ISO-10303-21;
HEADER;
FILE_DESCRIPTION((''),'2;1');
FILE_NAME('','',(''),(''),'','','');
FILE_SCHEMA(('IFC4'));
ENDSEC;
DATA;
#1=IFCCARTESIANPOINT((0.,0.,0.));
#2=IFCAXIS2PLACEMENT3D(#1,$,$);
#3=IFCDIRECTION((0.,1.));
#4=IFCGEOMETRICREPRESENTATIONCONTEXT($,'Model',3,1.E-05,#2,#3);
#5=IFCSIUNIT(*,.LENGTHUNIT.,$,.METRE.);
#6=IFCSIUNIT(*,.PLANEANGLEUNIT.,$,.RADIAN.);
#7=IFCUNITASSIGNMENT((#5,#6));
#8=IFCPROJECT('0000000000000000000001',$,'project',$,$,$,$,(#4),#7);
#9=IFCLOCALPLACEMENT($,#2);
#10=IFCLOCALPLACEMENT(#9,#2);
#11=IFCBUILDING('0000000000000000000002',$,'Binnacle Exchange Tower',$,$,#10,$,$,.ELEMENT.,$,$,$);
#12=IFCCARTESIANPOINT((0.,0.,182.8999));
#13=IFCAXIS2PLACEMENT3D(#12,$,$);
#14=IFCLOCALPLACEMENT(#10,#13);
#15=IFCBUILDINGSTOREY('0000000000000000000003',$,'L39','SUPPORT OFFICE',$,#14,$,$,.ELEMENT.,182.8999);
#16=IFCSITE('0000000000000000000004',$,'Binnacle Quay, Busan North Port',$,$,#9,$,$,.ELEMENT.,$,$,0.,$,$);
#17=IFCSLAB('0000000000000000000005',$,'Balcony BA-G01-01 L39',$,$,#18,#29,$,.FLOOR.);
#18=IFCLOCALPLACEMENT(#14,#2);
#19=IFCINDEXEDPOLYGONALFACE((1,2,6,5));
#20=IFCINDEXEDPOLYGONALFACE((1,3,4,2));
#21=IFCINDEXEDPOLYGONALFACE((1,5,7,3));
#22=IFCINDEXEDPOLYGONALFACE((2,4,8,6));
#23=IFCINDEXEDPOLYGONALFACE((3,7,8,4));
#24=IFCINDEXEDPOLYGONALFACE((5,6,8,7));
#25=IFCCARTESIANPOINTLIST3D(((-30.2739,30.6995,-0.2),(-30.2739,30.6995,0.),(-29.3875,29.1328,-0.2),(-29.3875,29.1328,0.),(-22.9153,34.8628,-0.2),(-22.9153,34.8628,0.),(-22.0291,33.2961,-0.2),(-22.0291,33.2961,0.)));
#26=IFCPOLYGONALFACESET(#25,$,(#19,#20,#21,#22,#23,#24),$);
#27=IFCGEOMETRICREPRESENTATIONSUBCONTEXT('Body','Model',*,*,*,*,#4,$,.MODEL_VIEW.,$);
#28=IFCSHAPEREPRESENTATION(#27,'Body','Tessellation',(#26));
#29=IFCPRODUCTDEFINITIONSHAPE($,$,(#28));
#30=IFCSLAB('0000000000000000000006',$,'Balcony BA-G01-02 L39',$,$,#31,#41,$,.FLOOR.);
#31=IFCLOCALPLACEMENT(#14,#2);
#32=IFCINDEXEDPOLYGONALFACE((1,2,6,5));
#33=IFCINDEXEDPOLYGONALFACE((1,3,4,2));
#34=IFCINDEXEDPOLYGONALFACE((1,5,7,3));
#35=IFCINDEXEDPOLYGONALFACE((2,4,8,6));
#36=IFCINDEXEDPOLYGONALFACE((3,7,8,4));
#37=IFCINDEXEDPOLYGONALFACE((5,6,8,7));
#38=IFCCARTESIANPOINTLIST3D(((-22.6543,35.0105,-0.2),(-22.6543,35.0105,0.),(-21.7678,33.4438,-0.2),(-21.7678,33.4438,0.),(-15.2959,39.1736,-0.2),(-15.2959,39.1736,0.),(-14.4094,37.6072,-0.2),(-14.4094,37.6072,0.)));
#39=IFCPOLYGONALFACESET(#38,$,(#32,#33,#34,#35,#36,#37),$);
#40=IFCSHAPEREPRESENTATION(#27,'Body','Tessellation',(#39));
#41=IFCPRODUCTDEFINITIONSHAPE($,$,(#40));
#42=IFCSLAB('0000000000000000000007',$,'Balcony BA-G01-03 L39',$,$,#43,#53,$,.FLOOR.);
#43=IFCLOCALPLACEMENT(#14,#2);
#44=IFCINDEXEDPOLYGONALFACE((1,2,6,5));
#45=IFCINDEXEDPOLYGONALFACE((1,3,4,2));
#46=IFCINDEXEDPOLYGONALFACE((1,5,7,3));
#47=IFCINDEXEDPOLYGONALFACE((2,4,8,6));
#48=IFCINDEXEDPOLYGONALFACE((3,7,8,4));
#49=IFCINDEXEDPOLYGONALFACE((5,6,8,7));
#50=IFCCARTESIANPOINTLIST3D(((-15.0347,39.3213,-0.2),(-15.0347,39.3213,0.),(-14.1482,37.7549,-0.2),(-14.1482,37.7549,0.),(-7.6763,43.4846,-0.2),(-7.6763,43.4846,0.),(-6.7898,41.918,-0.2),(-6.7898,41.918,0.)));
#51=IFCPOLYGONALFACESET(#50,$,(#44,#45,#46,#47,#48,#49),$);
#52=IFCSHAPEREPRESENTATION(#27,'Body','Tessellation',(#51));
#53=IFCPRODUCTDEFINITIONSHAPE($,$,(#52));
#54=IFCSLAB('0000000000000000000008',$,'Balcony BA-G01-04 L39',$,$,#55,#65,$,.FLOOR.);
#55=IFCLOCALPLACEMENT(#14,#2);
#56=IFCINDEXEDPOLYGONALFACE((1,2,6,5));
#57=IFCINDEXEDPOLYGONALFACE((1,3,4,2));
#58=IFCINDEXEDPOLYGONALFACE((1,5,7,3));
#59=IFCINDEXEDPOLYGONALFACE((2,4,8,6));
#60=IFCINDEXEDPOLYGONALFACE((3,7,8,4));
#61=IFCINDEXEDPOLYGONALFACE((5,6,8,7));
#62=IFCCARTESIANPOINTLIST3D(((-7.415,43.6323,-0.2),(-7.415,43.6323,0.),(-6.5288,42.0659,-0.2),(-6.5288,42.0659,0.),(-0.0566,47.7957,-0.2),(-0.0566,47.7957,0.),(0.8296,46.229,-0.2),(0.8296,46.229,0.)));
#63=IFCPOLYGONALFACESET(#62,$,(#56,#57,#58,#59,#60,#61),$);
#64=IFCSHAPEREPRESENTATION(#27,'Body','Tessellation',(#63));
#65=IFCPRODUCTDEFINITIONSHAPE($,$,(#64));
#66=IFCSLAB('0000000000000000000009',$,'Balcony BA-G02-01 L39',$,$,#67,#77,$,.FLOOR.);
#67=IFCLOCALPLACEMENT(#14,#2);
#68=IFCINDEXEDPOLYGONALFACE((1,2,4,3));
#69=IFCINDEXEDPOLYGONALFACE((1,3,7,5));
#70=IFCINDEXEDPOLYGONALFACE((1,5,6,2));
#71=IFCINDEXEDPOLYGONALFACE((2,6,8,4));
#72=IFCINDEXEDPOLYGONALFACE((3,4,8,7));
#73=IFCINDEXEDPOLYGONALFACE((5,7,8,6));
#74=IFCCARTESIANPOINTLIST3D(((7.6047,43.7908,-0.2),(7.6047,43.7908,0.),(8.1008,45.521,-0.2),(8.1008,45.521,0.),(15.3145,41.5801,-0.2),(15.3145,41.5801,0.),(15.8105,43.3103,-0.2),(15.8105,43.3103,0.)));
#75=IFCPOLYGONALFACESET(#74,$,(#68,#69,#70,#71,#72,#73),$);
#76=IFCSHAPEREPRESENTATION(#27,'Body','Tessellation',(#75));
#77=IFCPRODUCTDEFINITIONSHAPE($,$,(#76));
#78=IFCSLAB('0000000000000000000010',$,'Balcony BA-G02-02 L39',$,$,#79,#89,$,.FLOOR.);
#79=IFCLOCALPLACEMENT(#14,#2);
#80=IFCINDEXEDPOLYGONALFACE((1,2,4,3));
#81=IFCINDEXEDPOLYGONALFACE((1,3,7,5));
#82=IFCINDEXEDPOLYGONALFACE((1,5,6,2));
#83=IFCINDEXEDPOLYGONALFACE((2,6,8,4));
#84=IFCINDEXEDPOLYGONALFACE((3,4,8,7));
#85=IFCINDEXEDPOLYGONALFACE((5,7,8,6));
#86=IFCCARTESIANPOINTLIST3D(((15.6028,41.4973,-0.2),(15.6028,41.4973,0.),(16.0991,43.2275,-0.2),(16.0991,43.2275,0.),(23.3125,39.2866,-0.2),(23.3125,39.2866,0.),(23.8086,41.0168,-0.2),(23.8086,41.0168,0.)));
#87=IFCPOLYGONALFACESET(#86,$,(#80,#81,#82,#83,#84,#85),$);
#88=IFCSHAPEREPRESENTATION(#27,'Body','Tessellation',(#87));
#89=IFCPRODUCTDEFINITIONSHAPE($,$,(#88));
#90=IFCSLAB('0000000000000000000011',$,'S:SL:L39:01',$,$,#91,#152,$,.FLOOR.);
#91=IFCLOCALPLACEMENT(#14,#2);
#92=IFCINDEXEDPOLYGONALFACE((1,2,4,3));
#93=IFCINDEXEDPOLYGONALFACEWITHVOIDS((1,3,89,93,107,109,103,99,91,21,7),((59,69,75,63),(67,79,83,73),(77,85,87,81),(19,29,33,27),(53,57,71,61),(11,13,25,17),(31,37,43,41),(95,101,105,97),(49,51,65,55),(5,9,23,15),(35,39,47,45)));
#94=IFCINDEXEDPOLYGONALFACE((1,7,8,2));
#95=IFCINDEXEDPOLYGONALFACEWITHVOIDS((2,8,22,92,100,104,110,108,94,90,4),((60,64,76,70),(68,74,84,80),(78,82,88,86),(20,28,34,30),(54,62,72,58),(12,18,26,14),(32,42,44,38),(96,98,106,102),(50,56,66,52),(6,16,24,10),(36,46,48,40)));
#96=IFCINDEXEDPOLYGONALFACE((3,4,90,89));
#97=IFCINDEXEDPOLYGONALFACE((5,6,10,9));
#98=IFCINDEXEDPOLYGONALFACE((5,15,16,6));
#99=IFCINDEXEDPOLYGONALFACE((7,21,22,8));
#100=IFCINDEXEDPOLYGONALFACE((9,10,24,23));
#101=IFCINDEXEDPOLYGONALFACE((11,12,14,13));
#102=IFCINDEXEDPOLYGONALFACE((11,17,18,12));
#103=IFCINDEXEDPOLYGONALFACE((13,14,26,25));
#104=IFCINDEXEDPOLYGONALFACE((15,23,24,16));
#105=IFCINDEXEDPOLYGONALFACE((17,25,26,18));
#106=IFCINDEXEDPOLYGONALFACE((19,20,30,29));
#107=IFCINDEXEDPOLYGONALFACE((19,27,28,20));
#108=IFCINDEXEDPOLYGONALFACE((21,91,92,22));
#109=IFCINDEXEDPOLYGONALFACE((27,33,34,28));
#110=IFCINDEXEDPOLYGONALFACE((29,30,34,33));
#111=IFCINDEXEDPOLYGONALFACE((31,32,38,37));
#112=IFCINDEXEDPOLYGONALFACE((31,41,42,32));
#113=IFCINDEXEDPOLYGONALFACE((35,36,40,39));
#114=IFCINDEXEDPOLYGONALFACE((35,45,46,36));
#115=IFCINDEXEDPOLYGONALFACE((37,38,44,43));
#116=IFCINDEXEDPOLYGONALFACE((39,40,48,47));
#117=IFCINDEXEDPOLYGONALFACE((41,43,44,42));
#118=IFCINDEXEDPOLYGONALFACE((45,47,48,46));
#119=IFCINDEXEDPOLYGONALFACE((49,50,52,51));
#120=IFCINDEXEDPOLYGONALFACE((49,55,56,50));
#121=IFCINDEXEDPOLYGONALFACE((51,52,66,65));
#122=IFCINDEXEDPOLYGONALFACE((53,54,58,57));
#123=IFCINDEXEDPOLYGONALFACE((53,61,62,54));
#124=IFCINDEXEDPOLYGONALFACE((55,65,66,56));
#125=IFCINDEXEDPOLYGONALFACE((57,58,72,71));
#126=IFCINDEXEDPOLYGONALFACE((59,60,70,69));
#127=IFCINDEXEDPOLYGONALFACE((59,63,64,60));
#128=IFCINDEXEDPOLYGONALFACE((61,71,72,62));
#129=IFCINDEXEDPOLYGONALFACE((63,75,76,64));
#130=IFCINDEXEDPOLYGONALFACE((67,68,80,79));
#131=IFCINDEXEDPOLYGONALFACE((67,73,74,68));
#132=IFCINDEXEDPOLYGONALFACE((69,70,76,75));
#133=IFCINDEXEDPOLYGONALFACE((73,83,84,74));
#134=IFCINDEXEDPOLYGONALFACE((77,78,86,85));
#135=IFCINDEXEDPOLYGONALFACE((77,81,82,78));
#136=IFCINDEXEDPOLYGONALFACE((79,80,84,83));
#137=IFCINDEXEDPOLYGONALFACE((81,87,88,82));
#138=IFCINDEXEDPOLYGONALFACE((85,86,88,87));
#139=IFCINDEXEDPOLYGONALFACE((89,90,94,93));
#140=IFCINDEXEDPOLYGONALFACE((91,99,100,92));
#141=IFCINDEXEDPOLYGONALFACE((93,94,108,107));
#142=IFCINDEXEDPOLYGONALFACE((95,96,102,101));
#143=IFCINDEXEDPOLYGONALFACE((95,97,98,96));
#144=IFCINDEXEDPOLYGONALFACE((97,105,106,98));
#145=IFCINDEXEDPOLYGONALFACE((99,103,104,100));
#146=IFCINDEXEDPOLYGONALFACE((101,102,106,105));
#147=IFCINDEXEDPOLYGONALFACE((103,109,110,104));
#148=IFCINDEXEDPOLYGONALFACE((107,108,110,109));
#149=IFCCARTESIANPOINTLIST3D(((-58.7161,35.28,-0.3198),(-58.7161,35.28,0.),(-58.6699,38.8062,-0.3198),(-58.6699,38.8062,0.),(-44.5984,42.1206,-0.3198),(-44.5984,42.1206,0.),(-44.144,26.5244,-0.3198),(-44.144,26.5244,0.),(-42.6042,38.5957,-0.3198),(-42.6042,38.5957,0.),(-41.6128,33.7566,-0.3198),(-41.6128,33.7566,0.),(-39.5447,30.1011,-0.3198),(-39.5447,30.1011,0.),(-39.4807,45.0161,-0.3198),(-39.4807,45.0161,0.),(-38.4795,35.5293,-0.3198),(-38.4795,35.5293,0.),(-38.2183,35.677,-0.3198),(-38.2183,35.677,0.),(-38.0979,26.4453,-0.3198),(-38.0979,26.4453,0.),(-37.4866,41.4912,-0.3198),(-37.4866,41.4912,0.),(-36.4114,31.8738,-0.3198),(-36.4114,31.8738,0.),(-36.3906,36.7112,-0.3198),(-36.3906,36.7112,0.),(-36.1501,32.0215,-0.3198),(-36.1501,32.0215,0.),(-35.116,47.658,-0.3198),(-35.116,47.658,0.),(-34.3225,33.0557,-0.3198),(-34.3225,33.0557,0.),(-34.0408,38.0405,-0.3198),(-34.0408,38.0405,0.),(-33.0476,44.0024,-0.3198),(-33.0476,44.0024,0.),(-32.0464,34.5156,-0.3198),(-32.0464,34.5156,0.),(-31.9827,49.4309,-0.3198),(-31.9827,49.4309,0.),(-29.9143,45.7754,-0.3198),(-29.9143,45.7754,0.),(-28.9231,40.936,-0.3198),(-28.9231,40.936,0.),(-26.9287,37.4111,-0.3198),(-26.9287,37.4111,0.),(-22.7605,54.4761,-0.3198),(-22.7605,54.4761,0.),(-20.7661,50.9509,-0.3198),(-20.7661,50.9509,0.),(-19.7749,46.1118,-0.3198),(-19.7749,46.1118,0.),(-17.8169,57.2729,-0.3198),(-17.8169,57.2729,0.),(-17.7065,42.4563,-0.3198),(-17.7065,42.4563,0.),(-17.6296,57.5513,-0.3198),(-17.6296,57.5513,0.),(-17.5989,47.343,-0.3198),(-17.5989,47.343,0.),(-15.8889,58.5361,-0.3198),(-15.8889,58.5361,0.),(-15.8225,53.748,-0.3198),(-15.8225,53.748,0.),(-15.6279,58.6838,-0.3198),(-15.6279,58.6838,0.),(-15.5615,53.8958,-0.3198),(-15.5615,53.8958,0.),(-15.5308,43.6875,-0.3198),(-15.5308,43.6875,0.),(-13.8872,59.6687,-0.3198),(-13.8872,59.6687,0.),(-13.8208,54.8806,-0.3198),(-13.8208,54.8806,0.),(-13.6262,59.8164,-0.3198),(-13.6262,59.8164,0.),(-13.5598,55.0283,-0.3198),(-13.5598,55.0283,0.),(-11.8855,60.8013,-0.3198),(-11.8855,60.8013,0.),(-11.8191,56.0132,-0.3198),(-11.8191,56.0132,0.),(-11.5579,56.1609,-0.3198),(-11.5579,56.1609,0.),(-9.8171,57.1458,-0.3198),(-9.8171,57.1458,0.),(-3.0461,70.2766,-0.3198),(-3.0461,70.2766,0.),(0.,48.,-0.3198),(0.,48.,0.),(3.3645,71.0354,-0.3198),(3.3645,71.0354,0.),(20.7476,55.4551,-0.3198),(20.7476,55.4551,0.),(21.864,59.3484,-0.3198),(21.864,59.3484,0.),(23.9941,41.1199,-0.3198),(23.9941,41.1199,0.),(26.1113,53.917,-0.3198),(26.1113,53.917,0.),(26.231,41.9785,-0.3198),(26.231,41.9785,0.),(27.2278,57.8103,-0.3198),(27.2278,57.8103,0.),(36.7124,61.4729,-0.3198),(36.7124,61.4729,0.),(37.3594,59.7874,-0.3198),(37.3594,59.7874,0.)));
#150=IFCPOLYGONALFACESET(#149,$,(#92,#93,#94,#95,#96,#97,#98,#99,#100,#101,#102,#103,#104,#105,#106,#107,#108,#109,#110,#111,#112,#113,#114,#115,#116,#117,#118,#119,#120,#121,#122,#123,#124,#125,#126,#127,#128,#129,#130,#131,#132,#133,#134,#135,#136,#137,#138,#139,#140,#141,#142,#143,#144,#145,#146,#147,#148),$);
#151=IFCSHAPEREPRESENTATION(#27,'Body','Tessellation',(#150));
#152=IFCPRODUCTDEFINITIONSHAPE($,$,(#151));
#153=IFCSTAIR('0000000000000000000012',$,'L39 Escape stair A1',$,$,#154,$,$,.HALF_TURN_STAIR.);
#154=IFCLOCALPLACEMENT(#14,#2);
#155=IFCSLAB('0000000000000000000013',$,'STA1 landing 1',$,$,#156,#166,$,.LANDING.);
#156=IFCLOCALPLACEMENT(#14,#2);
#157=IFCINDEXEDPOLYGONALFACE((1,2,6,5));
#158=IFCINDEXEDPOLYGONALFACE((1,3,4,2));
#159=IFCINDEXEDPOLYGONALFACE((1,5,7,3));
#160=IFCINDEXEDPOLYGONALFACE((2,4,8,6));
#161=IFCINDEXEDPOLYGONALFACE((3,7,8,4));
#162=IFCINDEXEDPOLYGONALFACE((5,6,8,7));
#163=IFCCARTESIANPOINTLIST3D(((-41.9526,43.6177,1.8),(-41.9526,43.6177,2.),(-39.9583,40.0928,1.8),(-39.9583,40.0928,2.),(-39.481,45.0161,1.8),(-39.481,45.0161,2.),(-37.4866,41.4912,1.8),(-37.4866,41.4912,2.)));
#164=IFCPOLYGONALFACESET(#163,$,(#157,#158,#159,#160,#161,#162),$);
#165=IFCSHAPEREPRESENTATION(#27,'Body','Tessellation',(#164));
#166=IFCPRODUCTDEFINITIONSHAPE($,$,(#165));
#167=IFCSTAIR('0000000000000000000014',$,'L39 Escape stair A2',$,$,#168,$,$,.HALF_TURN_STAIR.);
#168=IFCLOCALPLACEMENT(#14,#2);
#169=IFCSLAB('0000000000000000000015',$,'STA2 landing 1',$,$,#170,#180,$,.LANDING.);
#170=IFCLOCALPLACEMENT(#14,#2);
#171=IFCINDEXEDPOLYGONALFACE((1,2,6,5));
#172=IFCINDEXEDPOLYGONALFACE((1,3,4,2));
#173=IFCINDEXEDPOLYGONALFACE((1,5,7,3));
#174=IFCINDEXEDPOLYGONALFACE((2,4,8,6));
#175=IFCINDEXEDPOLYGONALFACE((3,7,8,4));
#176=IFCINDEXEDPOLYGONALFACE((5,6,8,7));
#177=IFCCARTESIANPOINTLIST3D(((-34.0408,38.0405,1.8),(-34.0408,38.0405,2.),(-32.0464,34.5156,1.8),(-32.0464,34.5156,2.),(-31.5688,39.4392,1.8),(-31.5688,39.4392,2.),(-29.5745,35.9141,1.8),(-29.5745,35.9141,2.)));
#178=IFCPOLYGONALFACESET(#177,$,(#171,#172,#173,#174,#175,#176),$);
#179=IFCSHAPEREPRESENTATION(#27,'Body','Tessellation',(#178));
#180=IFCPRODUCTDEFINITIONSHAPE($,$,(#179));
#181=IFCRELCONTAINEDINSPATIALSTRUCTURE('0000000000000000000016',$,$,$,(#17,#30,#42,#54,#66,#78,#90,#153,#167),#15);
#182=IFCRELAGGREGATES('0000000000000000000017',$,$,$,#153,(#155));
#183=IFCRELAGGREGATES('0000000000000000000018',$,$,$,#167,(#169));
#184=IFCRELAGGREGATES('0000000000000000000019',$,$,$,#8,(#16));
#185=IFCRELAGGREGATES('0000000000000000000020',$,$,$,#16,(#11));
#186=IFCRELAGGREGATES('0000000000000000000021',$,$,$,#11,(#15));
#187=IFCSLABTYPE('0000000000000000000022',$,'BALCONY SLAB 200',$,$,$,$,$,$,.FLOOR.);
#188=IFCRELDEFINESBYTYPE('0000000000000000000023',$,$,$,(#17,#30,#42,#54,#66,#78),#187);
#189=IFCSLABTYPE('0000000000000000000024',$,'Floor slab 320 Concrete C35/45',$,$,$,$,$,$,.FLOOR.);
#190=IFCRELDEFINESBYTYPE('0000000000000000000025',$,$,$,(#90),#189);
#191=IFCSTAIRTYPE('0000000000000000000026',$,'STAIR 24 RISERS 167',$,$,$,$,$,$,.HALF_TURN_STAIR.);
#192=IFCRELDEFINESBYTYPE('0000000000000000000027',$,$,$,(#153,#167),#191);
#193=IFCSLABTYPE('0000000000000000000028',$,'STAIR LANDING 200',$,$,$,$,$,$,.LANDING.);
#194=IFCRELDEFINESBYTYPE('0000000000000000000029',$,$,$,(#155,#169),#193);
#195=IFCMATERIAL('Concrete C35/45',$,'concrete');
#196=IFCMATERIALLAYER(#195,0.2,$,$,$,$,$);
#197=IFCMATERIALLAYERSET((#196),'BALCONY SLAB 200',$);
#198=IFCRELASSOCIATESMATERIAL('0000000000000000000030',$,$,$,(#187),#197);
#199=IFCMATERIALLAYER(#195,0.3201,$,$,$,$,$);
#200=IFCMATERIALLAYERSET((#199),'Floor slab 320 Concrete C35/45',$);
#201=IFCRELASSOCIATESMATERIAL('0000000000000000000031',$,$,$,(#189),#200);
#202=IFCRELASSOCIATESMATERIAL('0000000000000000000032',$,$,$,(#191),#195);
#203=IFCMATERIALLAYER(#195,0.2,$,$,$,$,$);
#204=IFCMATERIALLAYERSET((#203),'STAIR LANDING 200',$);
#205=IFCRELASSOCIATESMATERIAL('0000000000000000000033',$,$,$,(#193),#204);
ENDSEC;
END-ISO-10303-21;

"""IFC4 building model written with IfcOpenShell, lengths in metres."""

from ifc_helpers import new_model, si_unit, direction, frame, origin, place, context, subcontext, project, spatial, polyline, outline, extrude, material, layer, layer_set, type_object, element, aggregate, save


model = new_model("IFC4")

# Units and contexts
model_context = context("Model", 3, precision=1e-05, world=origin(), true_north=direction((0.0, 1.0)))
body_context = subcontext(model_context, "Body", "Model", "MODEL_VIEW")
ifc_project = project(units=[si_unit("LENGTHUNIT", "METRE"), si_unit("PLANEANGLEUNIT", "RADIAN")], contexts=[model_context])

# Site, building, storey
site_placement = place(None, origin())
site = spatial("IfcSite", under=ifc_project, at=site_placement, Name="Binnacle Quay, Busan North Port", CompositionType="ELEMENT", RefElevation=0.0)
building_placement = place(site_placement, origin())
building = spatial("IfcBuilding", under=site, at=building_placement, Name="Binnacle Exchange Tower", CompositionType="ELEMENT")
storey_placement = place(building_placement, frame((0.0, 0.0, 182.8999)))
storey = spatial("IfcBuildingStorey", under=building, at=storey_placement, Name="L39", Description="SUPPORT OFFICE", CompositionType="ELEMENT", Elevation=182.8999)

# Slabs
ifc_material_1 = material(Name="Concrete C35/45", Category="concrete")
ifc_layer_1 = layer(ifc_material_1, 0.2)
ifc_layer_set_1 = layer_set([ifc_layer_1], Name="BALCONY SLAB 200")
slab_type_1 = type_object("IfcSlabType", Name="BALCONY SLAB 200", PredefinedType="FLOOR", material=ifc_layer_set_1)
slab_1_placement = place(storey_placement, frame((0.0, 0.0, -0.2)))
element("IfcSlab", 1, at=slab_1_placement, inside=storey, type_object=slab_type_1, Name="Balcony BA-G01-01 L39", PredefinedType="FLOOR", context=body_context, shape_type="SweptSolid", body=[
    extrude(outline(polyline([(-30.2739, 30.6995), (-22.9153, 34.8628), (-22.0291, 33.2961), (-29.3875, 29.1328), (-30.2739, 30.6995)])), origin(), (0.0, 0.0, 1.0), 0.2),
])
slab_2_placement = place(storey_placement, frame((0.0, 0.0, -0.2)))
element("IfcSlab", 2, at=slab_2_placement, inside=storey, type_object=slab_type_1, Name="Balcony BA-G01-02 L39", PredefinedType="FLOOR", context=body_context, shape_type="SweptSolid", body=[
    extrude(outline(polyline([(-22.6543, 35.0105), (-15.2959, 39.1736), (-14.4094, 37.6072), (-21.7678, 33.4438), (-22.6543, 35.0105)])), origin(), (0.0, 0.0, 1.0), 0.2),
])
slab_3_placement = place(storey_placement, frame((0.0, 0.0, -0.2)))
element("IfcSlab", 3, at=slab_3_placement, inside=storey, type_object=slab_type_1, Name="Balcony BA-G01-03 L39", PredefinedType="FLOOR", context=body_context, shape_type="SweptSolid", body=[
    extrude(outline(polyline([(-15.0347, 39.3213), (-7.6763, 43.4846), (-6.7898, 41.918), (-14.1482, 37.7549), (-15.0347, 39.3213)])), origin(), (0.0, 0.0, 1.0), 0.2),
])
slab_4_placement = place(storey_placement, frame((0.0, 0.0, -0.2)))
element("IfcSlab", 4, at=slab_4_placement, inside=storey, type_object=slab_type_1, Name="Balcony BA-G01-04 L39", PredefinedType="FLOOR", context=body_context, shape_type="SweptSolid", body=[
    extrude(outline(polyline([(-7.415, 43.6323), (-0.0566, 47.7957), (0.8296, 46.229), (-6.5288, 42.0659), (-7.415, 43.6323)])), origin(), (0.0, 0.0, 1.0), 0.2),
])
slab_5_placement = place(storey_placement, frame((0.0, 0.0, -0.2)))
element("IfcSlab", 5, at=slab_5_placement, inside=storey, type_object=slab_type_1, Name="Balcony BA-G02-01 L39", PredefinedType="FLOOR", context=body_context, shape_type="SweptSolid", body=[
    extrude(outline(polyline([(8.1008, 45.521), (15.8105, 43.3103), (15.3145, 41.5801), (7.6047, 43.7908), (8.1008, 45.521)])), origin(), (0.0, 0.0, 1.0), 0.2),
])
slab_6_placement = place(storey_placement, frame((0.0, 0.0, -0.2)))
element("IfcSlab", 6, at=slab_6_placement, inside=storey, type_object=slab_type_1, Name="Balcony BA-G02-02 L39", PredefinedType="FLOOR", context=body_context, shape_type="SweptSolid", body=[
    extrude(outline(polyline([(16.0991, 43.2275), (23.8086, 41.0168), (23.3125, 39.2866), (15.6028, 41.4973), (16.0991, 43.2275)])), origin(), (0.0, 0.0, 1.0), 0.2),
])
ifc_layer_2 = layer(ifc_material_1, 0.3201)
ifc_layer_set_2 = layer_set([ifc_layer_2], Name="Floor slab 320 Concrete C35/45")
slab_type_2 = type_object("IfcSlabType", Name="Floor slab 320 Concrete C35/45", PredefinedType="FLOOR", material=ifc_layer_set_2)
slab_7_placement = place(storey_placement, frame((0.0, 0.0, -0.3198)))
element("IfcSlab", 7, at=slab_7_placement, inside=storey, type_object=slab_type_2, Name="S:SL:L39:01", PredefinedType="FLOOR", context=body_context, shape_type="SweptSolid", body=[
    extrude(outline(polyline([(-58.7161, 35.28), (-58.6699, 38.8062), (-3.0461, 70.2766), (3.3645, 71.0354), (36.7124, 61.4729), (37.3594, 59.7874), (26.231, 41.9785), (23.9941, 41.1199), (0.0, 48.0), (-38.0979, 26.4453), (-44.144, 26.5244), (-58.7161, 35.28)]), holes=[polyline([(-38.4795, 35.5293), (-41.6128, 33.7566), (-39.5447, 30.1011), (-36.4114, 31.8738), (-38.4795, 35.5293)]), polyline([(-36.3906, 36.7112), (-38.2183, 35.677), (-36.1501, 32.0215), (-34.3225, 33.0557), (-36.3906, 36.7112)]), polyline([(-32.0464, 34.5156), (-26.9287, 37.4111), (-28.9231, 40.936), (-34.0408, 38.0405), (-32.0464, 34.5156)]), polyline([(-37.4866, 41.4912), (-39.4807, 45.0161), (-44.5984, 42.1206), (-42.6042, 38.5957), (-37.4866, 41.4912)]), polyline([(-29.9143, 45.7754), (-31.9827, 49.4309), (-35.116, 47.658), (-33.0476, 44.0024), (-29.9143, 45.7754)]), polyline([(-17.8169, 57.2729), (-22.7605, 54.4761), (-20.7661, 50.9509), (-15.8225, 53.748), (-17.8169, 57.2729)]), polyline([(-15.5308, 43.6875), (-17.5989, 47.343), (-19.7749, 46.1118), (-17.7065, 42.4563), (-15.5308, 43.6875)]), polyline([(-13.8208, 54.8806), (-15.8889, 58.5361), (-17.6296, 57.5513), (-15.5615, 53.8958), (-13.8208, 54.8806)]), polyline([(27.2278, 57.8103), (21.864, 59.3484), (20.7476, 55.4551), (26.1113, 53.917), (27.2278, 57.8103)]), polyline([(-11.8191, 56.0132), (-13.8872, 59.6687), (-15.6279, 58.6838), (-13.5598, 55.0283), (-11.8191, 56.0132)]), polyline([(-9.8171, 57.1458), (-11.8855, 60.8013), (-13.6262, 59.8164), (-11.5579, 56.1609), (-9.8171, 57.1458)])]), origin(), (0.0, 0.0, 1.0), 0.3198),
])

# Stairs, slabs
stair_type = type_object("IfcStairType", Name="STAIR 24 RISERS 167", PredefinedType="HALF_TURN_STAIR", material=ifc_material_1)
stair_1_placement = place(storey_placement, origin())
stair_1 = element("IfcStair", 8, at=stair_1_placement, inside=storey, type_object=stair_type, Name="L39 Escape stair A1", PredefinedType="HALF_TURN_STAIR")
ifc_layer_3 = layer(ifc_material_1, 0.2)
ifc_layer_set_3 = layer_set([ifc_layer_3], Name="STAIR LANDING 200")
slab_type_3 = type_object("IfcSlabType", Name="STAIR LANDING 200", PredefinedType="LANDING", material=ifc_layer_set_3)
slab_8_placement = place(storey_placement, frame((0.0, 0.0, 1.8)))
slab_8 = element("IfcSlab", 9, at=slab_8_placement, type_object=slab_type_3, Name="STA1 landing 1", PredefinedType="LANDING", context=body_context, shape_type="SweptSolid", body=[
    extrude(outline(polyline([(-39.9583, 40.0928), (-37.4866, 41.4912), (-39.481, 45.0161), (-41.9526, 43.6177), (-39.9583, 40.0928)])), origin(), (0.0, 0.0, 1.0), 0.2),
])
aggregate(stair_1, [slab_8])
stair_2_placement = place(storey_placement, origin())
stair_2 = element("IfcStair", 10, at=stair_2_placement, inside=storey, type_object=stair_type, Name="L39 Escape stair A2", PredefinedType="HALF_TURN_STAIR")
slab_9_placement = place(storey_placement, frame((0.0, 0.0, 1.8)))
slab_9 = element("IfcSlab", 11, at=slab_9_placement, type_object=slab_type_3, Name="STA2 landing 1", PredefinedType="LANDING", context=body_context, shape_type="SweptSolid", body=[
    extrude(outline(polyline([(-31.5688, 39.4392), (-34.0408, 38.0405), (-32.0464, 34.5156), (-29.5745, 35.9141), (-31.5688, 39.4392)])), origin(), (0.0, 0.0, 1.0), 0.2),
])
aggregate(stair_2, [slab_9])

save(model, "model.ifc")
